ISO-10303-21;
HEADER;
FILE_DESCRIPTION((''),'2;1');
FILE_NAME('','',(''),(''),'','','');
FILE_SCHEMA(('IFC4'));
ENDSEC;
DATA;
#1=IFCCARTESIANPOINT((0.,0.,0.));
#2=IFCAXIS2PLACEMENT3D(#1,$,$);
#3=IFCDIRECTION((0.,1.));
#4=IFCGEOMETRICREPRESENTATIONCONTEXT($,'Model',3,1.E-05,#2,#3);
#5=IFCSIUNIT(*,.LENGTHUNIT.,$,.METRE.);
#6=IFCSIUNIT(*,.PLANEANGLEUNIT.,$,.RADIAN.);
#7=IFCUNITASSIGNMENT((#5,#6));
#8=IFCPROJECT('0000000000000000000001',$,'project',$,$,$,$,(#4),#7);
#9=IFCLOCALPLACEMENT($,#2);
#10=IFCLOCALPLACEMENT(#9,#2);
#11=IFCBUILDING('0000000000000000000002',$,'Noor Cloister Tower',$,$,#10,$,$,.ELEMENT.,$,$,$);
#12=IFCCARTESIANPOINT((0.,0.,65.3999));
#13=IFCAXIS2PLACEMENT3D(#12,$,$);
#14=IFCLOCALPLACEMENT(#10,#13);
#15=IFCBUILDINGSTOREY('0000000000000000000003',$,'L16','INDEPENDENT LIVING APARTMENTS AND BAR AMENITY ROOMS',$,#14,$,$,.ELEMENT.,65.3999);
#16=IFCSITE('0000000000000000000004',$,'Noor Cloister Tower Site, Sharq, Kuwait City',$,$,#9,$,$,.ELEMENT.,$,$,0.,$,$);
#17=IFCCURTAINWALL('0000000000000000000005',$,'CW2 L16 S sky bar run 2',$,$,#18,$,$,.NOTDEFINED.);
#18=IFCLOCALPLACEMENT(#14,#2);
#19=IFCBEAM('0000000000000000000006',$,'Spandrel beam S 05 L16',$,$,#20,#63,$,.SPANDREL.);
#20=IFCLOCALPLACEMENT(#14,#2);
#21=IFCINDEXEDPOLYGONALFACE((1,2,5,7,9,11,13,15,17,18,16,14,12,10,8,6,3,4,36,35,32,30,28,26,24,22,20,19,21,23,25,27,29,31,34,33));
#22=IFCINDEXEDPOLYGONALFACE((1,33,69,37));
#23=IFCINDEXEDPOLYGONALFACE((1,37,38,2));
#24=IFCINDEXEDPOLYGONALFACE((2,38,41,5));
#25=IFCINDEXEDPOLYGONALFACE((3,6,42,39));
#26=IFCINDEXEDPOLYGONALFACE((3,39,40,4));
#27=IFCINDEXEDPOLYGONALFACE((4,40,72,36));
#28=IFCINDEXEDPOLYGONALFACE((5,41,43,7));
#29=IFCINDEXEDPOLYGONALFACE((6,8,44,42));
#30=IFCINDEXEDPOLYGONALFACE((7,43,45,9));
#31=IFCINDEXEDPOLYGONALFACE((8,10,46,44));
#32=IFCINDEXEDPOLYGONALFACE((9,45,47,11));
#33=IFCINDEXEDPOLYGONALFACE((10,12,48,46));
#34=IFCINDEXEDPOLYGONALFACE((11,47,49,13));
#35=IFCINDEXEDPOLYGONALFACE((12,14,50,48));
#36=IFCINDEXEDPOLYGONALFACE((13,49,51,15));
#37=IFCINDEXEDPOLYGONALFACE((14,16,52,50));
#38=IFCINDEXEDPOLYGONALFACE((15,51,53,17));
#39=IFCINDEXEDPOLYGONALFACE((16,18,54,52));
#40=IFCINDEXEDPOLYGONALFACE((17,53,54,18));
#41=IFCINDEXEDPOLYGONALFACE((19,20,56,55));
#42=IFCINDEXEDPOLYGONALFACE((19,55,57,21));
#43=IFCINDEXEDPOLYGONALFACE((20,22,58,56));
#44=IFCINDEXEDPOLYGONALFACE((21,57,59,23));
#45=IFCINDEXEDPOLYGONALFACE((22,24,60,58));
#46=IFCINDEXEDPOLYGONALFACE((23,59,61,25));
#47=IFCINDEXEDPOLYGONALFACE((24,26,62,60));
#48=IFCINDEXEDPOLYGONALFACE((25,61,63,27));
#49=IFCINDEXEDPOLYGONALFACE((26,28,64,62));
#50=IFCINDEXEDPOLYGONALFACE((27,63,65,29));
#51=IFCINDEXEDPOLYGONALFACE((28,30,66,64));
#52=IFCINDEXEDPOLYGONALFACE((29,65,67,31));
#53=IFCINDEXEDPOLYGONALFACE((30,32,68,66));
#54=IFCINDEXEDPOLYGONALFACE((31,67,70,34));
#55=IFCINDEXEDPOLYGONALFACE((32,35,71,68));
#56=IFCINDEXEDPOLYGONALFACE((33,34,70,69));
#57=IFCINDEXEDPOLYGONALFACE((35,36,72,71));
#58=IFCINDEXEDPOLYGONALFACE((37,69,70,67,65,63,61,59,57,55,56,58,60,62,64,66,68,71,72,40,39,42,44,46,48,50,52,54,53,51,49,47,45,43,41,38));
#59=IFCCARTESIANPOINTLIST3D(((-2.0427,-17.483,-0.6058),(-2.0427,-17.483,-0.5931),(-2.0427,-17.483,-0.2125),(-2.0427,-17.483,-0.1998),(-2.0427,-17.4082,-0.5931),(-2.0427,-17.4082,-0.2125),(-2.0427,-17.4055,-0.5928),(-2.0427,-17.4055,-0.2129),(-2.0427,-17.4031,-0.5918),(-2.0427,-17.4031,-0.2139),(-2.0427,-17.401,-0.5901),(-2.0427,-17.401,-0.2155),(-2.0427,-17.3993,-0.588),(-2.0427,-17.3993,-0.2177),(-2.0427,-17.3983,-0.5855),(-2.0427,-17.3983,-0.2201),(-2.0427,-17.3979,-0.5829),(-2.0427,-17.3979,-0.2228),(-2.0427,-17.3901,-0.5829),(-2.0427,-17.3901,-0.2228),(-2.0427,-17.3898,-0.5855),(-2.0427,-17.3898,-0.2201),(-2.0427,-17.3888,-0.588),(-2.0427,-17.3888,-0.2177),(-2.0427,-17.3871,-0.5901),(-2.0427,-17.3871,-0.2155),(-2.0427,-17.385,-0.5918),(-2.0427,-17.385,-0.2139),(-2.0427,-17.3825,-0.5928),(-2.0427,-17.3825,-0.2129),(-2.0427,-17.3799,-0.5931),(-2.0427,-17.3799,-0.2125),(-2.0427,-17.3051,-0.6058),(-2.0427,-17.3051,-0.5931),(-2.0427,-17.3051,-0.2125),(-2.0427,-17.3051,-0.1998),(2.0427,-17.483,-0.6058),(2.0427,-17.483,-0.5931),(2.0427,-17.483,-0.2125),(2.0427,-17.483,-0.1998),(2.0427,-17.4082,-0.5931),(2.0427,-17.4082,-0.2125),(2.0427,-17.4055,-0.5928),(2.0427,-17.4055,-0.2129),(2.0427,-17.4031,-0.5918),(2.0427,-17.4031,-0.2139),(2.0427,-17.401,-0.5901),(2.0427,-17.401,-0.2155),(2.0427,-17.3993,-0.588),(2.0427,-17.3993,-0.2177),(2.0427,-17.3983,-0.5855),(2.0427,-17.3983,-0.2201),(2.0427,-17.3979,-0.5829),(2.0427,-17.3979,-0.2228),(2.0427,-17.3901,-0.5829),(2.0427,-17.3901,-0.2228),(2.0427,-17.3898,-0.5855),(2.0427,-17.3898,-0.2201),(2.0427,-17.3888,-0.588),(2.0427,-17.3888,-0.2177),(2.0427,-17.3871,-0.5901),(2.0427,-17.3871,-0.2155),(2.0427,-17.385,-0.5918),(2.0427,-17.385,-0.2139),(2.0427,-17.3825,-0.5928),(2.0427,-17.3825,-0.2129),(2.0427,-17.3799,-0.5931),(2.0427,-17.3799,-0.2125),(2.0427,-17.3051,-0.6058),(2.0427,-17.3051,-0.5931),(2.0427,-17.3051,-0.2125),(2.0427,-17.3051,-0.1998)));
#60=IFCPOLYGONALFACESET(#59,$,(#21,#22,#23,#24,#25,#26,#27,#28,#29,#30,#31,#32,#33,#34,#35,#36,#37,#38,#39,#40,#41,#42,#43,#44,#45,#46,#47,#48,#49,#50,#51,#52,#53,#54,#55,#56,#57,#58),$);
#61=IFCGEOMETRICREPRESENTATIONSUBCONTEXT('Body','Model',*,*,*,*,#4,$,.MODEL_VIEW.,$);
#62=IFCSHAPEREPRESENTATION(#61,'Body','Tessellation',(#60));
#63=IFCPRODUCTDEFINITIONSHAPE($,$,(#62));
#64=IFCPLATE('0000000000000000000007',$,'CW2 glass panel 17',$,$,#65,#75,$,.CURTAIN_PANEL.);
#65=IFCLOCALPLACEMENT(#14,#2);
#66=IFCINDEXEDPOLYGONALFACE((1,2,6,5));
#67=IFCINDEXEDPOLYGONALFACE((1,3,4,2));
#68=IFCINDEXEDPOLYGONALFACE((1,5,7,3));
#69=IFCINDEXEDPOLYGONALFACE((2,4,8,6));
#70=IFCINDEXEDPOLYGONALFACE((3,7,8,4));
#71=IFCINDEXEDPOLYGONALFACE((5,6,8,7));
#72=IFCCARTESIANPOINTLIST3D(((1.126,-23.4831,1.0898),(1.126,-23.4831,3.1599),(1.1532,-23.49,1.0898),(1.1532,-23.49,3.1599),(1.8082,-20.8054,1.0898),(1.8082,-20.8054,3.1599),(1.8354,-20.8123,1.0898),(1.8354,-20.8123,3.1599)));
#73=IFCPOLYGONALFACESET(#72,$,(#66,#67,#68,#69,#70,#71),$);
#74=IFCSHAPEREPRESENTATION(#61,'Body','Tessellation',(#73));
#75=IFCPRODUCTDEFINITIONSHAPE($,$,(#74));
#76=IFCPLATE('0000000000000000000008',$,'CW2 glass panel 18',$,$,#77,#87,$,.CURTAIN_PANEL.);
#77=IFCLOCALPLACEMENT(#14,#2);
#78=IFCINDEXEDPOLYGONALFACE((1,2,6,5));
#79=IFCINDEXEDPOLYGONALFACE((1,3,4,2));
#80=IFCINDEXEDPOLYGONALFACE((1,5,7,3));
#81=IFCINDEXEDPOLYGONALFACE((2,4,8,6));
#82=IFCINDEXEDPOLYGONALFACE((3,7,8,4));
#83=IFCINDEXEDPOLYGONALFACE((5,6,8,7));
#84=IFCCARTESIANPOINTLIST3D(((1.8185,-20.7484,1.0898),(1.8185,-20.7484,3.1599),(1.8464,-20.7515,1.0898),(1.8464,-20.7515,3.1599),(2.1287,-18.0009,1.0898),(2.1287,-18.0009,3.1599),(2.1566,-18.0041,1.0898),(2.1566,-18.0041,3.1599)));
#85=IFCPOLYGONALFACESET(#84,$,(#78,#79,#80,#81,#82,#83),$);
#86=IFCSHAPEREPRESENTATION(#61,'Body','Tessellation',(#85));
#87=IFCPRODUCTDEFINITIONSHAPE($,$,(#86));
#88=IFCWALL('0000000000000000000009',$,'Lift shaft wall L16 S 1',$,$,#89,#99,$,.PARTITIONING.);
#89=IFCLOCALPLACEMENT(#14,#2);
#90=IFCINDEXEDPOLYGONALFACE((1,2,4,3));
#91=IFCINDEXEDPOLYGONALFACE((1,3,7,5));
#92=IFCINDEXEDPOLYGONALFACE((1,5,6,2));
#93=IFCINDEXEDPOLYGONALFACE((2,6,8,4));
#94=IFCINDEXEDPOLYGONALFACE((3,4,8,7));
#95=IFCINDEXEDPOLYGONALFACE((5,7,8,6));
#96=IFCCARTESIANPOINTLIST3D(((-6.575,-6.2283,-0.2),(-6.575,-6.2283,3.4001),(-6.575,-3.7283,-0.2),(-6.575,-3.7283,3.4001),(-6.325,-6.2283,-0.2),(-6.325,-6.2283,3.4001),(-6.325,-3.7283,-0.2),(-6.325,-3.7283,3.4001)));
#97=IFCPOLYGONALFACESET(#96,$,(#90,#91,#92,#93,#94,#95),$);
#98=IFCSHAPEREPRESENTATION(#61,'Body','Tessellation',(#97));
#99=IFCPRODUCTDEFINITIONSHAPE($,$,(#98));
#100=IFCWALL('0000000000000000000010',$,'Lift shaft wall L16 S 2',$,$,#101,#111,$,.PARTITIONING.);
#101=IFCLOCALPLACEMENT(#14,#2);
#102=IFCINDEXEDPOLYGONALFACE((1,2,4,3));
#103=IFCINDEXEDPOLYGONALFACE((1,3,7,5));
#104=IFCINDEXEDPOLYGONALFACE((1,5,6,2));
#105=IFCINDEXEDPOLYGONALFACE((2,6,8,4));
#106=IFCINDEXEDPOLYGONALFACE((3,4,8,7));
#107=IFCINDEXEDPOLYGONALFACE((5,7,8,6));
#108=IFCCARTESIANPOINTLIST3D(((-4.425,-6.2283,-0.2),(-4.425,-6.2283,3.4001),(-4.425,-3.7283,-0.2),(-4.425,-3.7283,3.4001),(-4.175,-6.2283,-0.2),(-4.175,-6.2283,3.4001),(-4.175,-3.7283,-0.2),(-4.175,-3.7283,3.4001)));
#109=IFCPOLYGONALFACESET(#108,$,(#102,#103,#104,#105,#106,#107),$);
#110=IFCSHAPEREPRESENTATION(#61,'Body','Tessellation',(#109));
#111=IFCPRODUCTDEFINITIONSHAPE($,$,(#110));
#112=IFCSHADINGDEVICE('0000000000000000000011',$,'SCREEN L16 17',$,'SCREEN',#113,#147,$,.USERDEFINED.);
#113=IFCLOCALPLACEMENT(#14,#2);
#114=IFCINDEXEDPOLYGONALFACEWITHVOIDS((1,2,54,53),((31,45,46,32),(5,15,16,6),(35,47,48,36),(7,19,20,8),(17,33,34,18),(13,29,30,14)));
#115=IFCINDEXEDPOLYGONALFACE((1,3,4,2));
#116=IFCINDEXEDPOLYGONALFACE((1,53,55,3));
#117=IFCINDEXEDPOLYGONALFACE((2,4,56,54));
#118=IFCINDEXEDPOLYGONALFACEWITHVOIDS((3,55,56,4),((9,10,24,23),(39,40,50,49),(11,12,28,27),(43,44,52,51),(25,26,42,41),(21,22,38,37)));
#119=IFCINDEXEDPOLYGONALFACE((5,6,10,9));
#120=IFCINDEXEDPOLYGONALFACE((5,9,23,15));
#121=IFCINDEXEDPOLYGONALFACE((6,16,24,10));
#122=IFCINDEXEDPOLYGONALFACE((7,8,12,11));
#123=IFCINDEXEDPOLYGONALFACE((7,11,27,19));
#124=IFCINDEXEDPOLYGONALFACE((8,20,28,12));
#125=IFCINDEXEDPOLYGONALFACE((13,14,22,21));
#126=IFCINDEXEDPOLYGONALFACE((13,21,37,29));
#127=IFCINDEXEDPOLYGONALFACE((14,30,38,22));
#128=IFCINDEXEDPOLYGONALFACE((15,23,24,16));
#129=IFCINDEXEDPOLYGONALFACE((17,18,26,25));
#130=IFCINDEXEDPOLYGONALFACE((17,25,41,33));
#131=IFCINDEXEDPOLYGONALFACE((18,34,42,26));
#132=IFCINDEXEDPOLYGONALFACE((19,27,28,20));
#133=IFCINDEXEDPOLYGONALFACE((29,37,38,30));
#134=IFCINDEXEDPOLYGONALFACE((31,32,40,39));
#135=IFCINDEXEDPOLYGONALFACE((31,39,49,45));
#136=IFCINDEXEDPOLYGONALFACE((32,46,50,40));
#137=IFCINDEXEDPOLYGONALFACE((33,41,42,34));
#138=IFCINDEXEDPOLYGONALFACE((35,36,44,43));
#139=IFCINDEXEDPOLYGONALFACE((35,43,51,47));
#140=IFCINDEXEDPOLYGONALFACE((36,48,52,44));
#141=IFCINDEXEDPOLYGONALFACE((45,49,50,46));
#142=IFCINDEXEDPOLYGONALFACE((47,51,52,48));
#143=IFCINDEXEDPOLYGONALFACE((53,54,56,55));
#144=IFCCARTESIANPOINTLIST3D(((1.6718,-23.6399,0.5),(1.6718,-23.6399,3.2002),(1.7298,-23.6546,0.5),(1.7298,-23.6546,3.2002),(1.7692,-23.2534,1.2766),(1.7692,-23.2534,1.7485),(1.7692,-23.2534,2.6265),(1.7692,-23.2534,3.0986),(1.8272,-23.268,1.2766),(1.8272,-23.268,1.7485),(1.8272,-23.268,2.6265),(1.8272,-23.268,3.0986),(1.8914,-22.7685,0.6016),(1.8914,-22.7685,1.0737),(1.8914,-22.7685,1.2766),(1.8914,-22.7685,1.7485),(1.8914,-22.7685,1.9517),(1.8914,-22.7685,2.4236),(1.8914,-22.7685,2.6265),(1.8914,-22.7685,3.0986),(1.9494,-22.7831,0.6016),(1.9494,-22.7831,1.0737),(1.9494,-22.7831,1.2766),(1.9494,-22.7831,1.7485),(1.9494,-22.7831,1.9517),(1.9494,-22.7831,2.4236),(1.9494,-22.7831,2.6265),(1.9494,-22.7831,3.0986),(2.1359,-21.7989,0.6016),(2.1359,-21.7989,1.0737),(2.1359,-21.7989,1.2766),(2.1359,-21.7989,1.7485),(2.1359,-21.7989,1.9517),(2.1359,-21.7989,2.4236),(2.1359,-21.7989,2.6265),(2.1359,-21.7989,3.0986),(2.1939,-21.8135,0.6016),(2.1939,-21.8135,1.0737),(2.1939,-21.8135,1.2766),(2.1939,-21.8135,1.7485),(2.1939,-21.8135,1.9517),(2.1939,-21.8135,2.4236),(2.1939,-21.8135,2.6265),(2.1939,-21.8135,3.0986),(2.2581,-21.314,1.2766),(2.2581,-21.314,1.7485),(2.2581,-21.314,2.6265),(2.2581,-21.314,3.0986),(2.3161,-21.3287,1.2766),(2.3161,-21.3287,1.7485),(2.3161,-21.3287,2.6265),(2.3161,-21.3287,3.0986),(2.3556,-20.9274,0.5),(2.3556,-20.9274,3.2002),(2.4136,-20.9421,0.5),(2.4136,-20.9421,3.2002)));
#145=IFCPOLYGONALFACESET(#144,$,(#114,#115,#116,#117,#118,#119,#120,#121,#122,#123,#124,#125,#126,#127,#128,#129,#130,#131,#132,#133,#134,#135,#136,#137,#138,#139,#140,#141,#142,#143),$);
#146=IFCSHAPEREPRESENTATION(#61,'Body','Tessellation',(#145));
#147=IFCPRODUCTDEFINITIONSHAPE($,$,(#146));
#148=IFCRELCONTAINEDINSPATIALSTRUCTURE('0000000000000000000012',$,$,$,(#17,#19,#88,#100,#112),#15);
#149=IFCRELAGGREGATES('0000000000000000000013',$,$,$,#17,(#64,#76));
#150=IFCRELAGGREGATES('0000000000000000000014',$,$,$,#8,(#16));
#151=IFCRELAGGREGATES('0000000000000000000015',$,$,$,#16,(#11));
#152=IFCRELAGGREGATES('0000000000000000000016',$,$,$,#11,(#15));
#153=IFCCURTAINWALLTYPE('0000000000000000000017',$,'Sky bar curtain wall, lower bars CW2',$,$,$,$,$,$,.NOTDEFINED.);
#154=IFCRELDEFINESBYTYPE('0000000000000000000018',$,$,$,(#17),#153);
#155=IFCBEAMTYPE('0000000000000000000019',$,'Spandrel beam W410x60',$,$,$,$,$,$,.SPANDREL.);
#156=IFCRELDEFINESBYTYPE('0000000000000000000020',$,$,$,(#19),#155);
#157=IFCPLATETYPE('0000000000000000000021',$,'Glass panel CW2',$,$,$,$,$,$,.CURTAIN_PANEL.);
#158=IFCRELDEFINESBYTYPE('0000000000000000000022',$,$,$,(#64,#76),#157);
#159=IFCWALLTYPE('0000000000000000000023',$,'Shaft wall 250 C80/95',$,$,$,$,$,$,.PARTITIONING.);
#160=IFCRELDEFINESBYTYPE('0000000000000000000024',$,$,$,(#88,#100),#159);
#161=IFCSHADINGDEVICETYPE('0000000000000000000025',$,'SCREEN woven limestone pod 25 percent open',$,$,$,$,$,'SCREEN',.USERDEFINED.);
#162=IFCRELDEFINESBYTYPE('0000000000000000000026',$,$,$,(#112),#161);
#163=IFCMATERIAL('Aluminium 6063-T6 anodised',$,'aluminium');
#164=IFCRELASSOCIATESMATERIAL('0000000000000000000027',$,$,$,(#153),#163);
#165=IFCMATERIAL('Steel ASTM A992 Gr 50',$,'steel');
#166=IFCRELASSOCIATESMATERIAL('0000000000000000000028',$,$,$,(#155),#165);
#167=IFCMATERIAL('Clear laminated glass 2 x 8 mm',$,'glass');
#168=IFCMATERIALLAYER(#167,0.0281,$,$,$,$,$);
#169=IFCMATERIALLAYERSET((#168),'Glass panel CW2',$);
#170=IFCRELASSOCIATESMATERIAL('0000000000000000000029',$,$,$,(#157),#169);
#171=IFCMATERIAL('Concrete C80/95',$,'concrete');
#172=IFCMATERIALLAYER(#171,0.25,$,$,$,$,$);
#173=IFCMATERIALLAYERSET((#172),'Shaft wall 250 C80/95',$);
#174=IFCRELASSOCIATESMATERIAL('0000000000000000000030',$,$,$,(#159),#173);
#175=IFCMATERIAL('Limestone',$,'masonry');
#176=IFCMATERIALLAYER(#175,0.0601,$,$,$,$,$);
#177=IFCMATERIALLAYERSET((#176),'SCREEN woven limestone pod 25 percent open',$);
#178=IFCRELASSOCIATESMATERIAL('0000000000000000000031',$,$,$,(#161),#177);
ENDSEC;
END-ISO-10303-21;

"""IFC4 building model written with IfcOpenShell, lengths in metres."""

from ifc_helpers import new_model, si_unit, direction, frame, frame_2d, origin, origin_2d, place, context, subcontext, project, spatial, polyline, rectangle, i_section, outline, extrude, material, layer, layer_set, material_profile, profile_set, type_object, element, aggregate, save


model = new_model("IFC4")

# Units and contexts
model_context = context("Model", 3, precision=1e-05, world=origin(), true_north=direction((0.0, 1.0)))
body_context = subcontext(model_context, "Body", "Model", "MODEL_VIEW")
ifc_project = project(units=[si_unit("LENGTHUNIT", "METRE"), si_unit("PLANEANGLEUNIT", "RADIAN")], contexts=[model_context])

# Site, building, storey
site_placement = place(None, origin())
site = spatial("IfcSite", under=ifc_project, at=site_placement, Name="Noor Cloister Tower Site, Sharq, Kuwait City", CompositionType="ELEMENT", RefElevation=0.0)
building_placement = place(site_placement, origin())
building = spatial("IfcBuilding", under=site, at=building_placement, Name="Noor Cloister Tower", CompositionType="ELEMENT")
storey_placement = place(building_placement, frame((0.0, 0.0, 65.3999)))
storey = spatial("IfcBuildingStorey", under=building, at=storey_placement, Name="L16", Description="INDEPENDENT LIVING APARTMENTS AND BAR AMENITY ROOMS", CompositionType="ELEMENT", Elevation=65.3999)

# Curtain wall
ifc_material_1 = material(Name="Aluminium 6063-T6 anodised", Category="aluminium")
curtain_wall_type = type_object("IfcCurtainWallType", Name="Sky bar curtain wall, lower bars CW2", PredefinedType="NOTDEFINED", material=ifc_material_1)
curtain_wall_placement = place(storey_placement, origin())
curtain_wall = element("IfcCurtainWall", 1, at=curtain_wall_placement, inside=storey, type_object=curtain_wall_type, Name="CW2 L16 S sky bar run 2", PredefinedType="NOTDEFINED")

# Beam
ifc_material_2 = material(Name="Steel ASTM A992 Gr 50", Category="steel")
ifc_material_profile_1 = material_profile(ifc_material_2, i_section(OverallWidth=0.178, OverallDepth=0.406, WebThickness=0.0078, FlangeThickness=0.0127, FilletRadius=0.0103, at=origin_2d()), Name="W410x60")
ifc_profile_set_1 = profile_set([ifc_material_profile_1], Name="Steel ASTM A992 Gr 50")
beam_type_1 = type_object("IfcBeamType", Name="Spandrel beam W410x60", PredefinedType="SPANDREL", material=ifc_profile_set_1)
beam_1_placement = place(storey_placement, frame((-2.0427, -17.394, -0.4028), z_axis=(1.0, 0.0, 0.0), x_axis=(0.0, 1.0, 0.0)))
element("IfcBeam", 2, at=beam_1_placement, inside=storey, type_object=beam_type_1, Name="Spandrel beam S 05 L16", PredefinedType="SPANDREL", context=body_context, shape_type="SweptSolid", body=[
    extrude(i_section(OverallWidth=0.178, OverallDepth=0.406, WebThickness=0.0078, FlangeThickness=0.0127, FilletRadius=0.0103, at=origin_2d()), origin(), (0.0, 0.0, 1.0), 4.0854),
])

# Plates
ifc_material_3 = material(Name="Clear laminated glass 2 x 8 mm", Category="glass")
ifc_layer_1 = layer(ifc_material_3, 0.0281)
ifc_layer_set_1 = layer_set([ifc_layer_1], Name="Glass panel CW2")
plate_type = type_object("IfcPlateType", Name="Glass panel CW2", PredefinedType="CURTAIN_PANEL", material=ifc_layer_set_1)
plate_1_placement = place(storey_placement, frame((1.4807, -22.1477, 1.0898), z_axis=(0.0, 0.0, 1.0), x_axis=(0.246893, 0.969043, 0.0)))
plate_1 = element("IfcPlate", 3, at=plate_1_placement, type_object=plate_type, Name="CW2 glass panel 17", PredefinedType="CURTAIN_PANEL", context=body_context, shape_type="SweptSolid", body=[
    extrude(rectangle(XDim=2.7632, YDim=0.0281, at=origin_2d()), origin(), (0.0, 0.0, 1.0), 2.0701),
])
plate_2_placement = place(storey_placement, frame((1.9875, -19.3762, 1.0898), z_axis=(0.0, 0.0, 1.0), x_axis=(0.112197, 0.993686, 0.0)))
plate_2 = element("IfcPlate", 4, at=plate_2_placement, type_object=plate_type, Name="CW2 glass panel 18", PredefinedType="CURTAIN_PANEL", context=body_context, shape_type="SweptSolid", body=[
    extrude(rectangle(XDim=2.7649, YDim=0.0281, at=origin_2d()), origin(), (0.0, 0.0, 1.0), 2.0701),
])
aggregate(curtain_wall, [plate_1, plate_2])

# Walls
ifc_material_4 = material(Name="Concrete C80/95", Category="concrete")
ifc_layer_2 = layer(ifc_material_4, 0.25)
ifc_layer_set_2 = layer_set([ifc_layer_2], Name="Shaft wall 250 C80/95")
wall_type = type_object("IfcWallType", Name="Shaft wall 250 C80/95", PredefinedType="PARTITIONING", material=ifc_layer_set_2)
for number, where, z_axis, x_axis, name in (
    (5, (-6.45, -6.2283, -0.2), (0.0, 0.0, 1.0), (0.0, 1.0, 0.0), "Lift shaft wall L16 S 1"),
    (6, (-4.3, -6.2283, -0.2), (0.0, 0.0, 1.0), (0.0, 1.0, 0.0), "Lift shaft wall L16 S 2"),
):
    element("IfcWall", number, at=place(storey_placement, frame(where, z_axis=z_axis, x_axis=x_axis)), inside=storey, type_object=wall_type, Name=name, PredefinedType="PARTITIONING", context=body_context, shape_type="SweptSolid", body=[
        extrude(rectangle(XDim=2.5, YDim=0.25, at=frame_2d((1.25, 0.0))), origin(), (0.0, 0.0, 1.0), 3.6001),
    ])

# Shading device
ifc_material_5 = material(Name="Limestone", Category="masonry")
ifc_layer_3 = layer(ifc_material_5, 0.0601)
ifc_layer_set_3 = layer_set([ifc_layer_3], Name="SCREEN woven limestone pod 25 percent open")
shading_device_type = type_object("IfcShadingDeviceType", Name="SCREEN woven limestone pod 25 percent open", ElementType="SCREEN", PredefinedType="USERDEFINED", material=ifc_layer_set_3)
shading_device_placement = place(storey_placement, frame((2.0137, -22.2837, 1.8501), z_axis=(0.969661, -0.244452, 0.0), x_axis=(0.244452, 0.969661, 0.0)))
element("IfcShadingDevice", 7, at=shading_device_placement, inside=storey, type_object=shading_device_type, Name="SCREEN L16 17", ObjectType="SCREEN", PredefinedType="USERDEFINED", context=body_context, shape_type="SweptSolid", body=[
    extrude(outline(polyline([(-1.3987, -1.3501), (1.3987, -1.3501), (1.3987, 1.3501), (-1.3987, 1.3501), (-1.3987, -1.3501)]), holes=[polyline([(-0.5, -1.2485), (0.5, -1.2485), (0.5, -0.7764), (-0.5, -0.7764), (-0.5, -1.2485)]), polyline([(-1.0, -0.5735), (-0.5, -0.5735), (-0.5, -0.1016), (-1.0, -0.1016), (-1.0, -0.5735)]), polyline([(0.5, -0.5735), (1.0, -0.5735), (1.0, -0.1016), (0.5, -0.1016), (0.5, -0.5735)]), polyline([(-0.5, 0.1016), (0.5, 0.1016), (0.5, 0.5735), (-0.5, 0.5735), (-0.5, 0.1016)]), polyline([(-1.0, 0.7764), (-0.5, 0.7764), (-0.5, 1.2485), (-1.0, 1.2485), (-1.0, 0.7764)]), polyline([(0.5, 0.7764), (1.0, 0.7764), (1.0, 1.2485), (0.5, 1.2485), (0.5, 0.7764)])]), origin(), (0.0, 0.0, 1.0), 0.0598),
])

save(model, "model.ifc")
